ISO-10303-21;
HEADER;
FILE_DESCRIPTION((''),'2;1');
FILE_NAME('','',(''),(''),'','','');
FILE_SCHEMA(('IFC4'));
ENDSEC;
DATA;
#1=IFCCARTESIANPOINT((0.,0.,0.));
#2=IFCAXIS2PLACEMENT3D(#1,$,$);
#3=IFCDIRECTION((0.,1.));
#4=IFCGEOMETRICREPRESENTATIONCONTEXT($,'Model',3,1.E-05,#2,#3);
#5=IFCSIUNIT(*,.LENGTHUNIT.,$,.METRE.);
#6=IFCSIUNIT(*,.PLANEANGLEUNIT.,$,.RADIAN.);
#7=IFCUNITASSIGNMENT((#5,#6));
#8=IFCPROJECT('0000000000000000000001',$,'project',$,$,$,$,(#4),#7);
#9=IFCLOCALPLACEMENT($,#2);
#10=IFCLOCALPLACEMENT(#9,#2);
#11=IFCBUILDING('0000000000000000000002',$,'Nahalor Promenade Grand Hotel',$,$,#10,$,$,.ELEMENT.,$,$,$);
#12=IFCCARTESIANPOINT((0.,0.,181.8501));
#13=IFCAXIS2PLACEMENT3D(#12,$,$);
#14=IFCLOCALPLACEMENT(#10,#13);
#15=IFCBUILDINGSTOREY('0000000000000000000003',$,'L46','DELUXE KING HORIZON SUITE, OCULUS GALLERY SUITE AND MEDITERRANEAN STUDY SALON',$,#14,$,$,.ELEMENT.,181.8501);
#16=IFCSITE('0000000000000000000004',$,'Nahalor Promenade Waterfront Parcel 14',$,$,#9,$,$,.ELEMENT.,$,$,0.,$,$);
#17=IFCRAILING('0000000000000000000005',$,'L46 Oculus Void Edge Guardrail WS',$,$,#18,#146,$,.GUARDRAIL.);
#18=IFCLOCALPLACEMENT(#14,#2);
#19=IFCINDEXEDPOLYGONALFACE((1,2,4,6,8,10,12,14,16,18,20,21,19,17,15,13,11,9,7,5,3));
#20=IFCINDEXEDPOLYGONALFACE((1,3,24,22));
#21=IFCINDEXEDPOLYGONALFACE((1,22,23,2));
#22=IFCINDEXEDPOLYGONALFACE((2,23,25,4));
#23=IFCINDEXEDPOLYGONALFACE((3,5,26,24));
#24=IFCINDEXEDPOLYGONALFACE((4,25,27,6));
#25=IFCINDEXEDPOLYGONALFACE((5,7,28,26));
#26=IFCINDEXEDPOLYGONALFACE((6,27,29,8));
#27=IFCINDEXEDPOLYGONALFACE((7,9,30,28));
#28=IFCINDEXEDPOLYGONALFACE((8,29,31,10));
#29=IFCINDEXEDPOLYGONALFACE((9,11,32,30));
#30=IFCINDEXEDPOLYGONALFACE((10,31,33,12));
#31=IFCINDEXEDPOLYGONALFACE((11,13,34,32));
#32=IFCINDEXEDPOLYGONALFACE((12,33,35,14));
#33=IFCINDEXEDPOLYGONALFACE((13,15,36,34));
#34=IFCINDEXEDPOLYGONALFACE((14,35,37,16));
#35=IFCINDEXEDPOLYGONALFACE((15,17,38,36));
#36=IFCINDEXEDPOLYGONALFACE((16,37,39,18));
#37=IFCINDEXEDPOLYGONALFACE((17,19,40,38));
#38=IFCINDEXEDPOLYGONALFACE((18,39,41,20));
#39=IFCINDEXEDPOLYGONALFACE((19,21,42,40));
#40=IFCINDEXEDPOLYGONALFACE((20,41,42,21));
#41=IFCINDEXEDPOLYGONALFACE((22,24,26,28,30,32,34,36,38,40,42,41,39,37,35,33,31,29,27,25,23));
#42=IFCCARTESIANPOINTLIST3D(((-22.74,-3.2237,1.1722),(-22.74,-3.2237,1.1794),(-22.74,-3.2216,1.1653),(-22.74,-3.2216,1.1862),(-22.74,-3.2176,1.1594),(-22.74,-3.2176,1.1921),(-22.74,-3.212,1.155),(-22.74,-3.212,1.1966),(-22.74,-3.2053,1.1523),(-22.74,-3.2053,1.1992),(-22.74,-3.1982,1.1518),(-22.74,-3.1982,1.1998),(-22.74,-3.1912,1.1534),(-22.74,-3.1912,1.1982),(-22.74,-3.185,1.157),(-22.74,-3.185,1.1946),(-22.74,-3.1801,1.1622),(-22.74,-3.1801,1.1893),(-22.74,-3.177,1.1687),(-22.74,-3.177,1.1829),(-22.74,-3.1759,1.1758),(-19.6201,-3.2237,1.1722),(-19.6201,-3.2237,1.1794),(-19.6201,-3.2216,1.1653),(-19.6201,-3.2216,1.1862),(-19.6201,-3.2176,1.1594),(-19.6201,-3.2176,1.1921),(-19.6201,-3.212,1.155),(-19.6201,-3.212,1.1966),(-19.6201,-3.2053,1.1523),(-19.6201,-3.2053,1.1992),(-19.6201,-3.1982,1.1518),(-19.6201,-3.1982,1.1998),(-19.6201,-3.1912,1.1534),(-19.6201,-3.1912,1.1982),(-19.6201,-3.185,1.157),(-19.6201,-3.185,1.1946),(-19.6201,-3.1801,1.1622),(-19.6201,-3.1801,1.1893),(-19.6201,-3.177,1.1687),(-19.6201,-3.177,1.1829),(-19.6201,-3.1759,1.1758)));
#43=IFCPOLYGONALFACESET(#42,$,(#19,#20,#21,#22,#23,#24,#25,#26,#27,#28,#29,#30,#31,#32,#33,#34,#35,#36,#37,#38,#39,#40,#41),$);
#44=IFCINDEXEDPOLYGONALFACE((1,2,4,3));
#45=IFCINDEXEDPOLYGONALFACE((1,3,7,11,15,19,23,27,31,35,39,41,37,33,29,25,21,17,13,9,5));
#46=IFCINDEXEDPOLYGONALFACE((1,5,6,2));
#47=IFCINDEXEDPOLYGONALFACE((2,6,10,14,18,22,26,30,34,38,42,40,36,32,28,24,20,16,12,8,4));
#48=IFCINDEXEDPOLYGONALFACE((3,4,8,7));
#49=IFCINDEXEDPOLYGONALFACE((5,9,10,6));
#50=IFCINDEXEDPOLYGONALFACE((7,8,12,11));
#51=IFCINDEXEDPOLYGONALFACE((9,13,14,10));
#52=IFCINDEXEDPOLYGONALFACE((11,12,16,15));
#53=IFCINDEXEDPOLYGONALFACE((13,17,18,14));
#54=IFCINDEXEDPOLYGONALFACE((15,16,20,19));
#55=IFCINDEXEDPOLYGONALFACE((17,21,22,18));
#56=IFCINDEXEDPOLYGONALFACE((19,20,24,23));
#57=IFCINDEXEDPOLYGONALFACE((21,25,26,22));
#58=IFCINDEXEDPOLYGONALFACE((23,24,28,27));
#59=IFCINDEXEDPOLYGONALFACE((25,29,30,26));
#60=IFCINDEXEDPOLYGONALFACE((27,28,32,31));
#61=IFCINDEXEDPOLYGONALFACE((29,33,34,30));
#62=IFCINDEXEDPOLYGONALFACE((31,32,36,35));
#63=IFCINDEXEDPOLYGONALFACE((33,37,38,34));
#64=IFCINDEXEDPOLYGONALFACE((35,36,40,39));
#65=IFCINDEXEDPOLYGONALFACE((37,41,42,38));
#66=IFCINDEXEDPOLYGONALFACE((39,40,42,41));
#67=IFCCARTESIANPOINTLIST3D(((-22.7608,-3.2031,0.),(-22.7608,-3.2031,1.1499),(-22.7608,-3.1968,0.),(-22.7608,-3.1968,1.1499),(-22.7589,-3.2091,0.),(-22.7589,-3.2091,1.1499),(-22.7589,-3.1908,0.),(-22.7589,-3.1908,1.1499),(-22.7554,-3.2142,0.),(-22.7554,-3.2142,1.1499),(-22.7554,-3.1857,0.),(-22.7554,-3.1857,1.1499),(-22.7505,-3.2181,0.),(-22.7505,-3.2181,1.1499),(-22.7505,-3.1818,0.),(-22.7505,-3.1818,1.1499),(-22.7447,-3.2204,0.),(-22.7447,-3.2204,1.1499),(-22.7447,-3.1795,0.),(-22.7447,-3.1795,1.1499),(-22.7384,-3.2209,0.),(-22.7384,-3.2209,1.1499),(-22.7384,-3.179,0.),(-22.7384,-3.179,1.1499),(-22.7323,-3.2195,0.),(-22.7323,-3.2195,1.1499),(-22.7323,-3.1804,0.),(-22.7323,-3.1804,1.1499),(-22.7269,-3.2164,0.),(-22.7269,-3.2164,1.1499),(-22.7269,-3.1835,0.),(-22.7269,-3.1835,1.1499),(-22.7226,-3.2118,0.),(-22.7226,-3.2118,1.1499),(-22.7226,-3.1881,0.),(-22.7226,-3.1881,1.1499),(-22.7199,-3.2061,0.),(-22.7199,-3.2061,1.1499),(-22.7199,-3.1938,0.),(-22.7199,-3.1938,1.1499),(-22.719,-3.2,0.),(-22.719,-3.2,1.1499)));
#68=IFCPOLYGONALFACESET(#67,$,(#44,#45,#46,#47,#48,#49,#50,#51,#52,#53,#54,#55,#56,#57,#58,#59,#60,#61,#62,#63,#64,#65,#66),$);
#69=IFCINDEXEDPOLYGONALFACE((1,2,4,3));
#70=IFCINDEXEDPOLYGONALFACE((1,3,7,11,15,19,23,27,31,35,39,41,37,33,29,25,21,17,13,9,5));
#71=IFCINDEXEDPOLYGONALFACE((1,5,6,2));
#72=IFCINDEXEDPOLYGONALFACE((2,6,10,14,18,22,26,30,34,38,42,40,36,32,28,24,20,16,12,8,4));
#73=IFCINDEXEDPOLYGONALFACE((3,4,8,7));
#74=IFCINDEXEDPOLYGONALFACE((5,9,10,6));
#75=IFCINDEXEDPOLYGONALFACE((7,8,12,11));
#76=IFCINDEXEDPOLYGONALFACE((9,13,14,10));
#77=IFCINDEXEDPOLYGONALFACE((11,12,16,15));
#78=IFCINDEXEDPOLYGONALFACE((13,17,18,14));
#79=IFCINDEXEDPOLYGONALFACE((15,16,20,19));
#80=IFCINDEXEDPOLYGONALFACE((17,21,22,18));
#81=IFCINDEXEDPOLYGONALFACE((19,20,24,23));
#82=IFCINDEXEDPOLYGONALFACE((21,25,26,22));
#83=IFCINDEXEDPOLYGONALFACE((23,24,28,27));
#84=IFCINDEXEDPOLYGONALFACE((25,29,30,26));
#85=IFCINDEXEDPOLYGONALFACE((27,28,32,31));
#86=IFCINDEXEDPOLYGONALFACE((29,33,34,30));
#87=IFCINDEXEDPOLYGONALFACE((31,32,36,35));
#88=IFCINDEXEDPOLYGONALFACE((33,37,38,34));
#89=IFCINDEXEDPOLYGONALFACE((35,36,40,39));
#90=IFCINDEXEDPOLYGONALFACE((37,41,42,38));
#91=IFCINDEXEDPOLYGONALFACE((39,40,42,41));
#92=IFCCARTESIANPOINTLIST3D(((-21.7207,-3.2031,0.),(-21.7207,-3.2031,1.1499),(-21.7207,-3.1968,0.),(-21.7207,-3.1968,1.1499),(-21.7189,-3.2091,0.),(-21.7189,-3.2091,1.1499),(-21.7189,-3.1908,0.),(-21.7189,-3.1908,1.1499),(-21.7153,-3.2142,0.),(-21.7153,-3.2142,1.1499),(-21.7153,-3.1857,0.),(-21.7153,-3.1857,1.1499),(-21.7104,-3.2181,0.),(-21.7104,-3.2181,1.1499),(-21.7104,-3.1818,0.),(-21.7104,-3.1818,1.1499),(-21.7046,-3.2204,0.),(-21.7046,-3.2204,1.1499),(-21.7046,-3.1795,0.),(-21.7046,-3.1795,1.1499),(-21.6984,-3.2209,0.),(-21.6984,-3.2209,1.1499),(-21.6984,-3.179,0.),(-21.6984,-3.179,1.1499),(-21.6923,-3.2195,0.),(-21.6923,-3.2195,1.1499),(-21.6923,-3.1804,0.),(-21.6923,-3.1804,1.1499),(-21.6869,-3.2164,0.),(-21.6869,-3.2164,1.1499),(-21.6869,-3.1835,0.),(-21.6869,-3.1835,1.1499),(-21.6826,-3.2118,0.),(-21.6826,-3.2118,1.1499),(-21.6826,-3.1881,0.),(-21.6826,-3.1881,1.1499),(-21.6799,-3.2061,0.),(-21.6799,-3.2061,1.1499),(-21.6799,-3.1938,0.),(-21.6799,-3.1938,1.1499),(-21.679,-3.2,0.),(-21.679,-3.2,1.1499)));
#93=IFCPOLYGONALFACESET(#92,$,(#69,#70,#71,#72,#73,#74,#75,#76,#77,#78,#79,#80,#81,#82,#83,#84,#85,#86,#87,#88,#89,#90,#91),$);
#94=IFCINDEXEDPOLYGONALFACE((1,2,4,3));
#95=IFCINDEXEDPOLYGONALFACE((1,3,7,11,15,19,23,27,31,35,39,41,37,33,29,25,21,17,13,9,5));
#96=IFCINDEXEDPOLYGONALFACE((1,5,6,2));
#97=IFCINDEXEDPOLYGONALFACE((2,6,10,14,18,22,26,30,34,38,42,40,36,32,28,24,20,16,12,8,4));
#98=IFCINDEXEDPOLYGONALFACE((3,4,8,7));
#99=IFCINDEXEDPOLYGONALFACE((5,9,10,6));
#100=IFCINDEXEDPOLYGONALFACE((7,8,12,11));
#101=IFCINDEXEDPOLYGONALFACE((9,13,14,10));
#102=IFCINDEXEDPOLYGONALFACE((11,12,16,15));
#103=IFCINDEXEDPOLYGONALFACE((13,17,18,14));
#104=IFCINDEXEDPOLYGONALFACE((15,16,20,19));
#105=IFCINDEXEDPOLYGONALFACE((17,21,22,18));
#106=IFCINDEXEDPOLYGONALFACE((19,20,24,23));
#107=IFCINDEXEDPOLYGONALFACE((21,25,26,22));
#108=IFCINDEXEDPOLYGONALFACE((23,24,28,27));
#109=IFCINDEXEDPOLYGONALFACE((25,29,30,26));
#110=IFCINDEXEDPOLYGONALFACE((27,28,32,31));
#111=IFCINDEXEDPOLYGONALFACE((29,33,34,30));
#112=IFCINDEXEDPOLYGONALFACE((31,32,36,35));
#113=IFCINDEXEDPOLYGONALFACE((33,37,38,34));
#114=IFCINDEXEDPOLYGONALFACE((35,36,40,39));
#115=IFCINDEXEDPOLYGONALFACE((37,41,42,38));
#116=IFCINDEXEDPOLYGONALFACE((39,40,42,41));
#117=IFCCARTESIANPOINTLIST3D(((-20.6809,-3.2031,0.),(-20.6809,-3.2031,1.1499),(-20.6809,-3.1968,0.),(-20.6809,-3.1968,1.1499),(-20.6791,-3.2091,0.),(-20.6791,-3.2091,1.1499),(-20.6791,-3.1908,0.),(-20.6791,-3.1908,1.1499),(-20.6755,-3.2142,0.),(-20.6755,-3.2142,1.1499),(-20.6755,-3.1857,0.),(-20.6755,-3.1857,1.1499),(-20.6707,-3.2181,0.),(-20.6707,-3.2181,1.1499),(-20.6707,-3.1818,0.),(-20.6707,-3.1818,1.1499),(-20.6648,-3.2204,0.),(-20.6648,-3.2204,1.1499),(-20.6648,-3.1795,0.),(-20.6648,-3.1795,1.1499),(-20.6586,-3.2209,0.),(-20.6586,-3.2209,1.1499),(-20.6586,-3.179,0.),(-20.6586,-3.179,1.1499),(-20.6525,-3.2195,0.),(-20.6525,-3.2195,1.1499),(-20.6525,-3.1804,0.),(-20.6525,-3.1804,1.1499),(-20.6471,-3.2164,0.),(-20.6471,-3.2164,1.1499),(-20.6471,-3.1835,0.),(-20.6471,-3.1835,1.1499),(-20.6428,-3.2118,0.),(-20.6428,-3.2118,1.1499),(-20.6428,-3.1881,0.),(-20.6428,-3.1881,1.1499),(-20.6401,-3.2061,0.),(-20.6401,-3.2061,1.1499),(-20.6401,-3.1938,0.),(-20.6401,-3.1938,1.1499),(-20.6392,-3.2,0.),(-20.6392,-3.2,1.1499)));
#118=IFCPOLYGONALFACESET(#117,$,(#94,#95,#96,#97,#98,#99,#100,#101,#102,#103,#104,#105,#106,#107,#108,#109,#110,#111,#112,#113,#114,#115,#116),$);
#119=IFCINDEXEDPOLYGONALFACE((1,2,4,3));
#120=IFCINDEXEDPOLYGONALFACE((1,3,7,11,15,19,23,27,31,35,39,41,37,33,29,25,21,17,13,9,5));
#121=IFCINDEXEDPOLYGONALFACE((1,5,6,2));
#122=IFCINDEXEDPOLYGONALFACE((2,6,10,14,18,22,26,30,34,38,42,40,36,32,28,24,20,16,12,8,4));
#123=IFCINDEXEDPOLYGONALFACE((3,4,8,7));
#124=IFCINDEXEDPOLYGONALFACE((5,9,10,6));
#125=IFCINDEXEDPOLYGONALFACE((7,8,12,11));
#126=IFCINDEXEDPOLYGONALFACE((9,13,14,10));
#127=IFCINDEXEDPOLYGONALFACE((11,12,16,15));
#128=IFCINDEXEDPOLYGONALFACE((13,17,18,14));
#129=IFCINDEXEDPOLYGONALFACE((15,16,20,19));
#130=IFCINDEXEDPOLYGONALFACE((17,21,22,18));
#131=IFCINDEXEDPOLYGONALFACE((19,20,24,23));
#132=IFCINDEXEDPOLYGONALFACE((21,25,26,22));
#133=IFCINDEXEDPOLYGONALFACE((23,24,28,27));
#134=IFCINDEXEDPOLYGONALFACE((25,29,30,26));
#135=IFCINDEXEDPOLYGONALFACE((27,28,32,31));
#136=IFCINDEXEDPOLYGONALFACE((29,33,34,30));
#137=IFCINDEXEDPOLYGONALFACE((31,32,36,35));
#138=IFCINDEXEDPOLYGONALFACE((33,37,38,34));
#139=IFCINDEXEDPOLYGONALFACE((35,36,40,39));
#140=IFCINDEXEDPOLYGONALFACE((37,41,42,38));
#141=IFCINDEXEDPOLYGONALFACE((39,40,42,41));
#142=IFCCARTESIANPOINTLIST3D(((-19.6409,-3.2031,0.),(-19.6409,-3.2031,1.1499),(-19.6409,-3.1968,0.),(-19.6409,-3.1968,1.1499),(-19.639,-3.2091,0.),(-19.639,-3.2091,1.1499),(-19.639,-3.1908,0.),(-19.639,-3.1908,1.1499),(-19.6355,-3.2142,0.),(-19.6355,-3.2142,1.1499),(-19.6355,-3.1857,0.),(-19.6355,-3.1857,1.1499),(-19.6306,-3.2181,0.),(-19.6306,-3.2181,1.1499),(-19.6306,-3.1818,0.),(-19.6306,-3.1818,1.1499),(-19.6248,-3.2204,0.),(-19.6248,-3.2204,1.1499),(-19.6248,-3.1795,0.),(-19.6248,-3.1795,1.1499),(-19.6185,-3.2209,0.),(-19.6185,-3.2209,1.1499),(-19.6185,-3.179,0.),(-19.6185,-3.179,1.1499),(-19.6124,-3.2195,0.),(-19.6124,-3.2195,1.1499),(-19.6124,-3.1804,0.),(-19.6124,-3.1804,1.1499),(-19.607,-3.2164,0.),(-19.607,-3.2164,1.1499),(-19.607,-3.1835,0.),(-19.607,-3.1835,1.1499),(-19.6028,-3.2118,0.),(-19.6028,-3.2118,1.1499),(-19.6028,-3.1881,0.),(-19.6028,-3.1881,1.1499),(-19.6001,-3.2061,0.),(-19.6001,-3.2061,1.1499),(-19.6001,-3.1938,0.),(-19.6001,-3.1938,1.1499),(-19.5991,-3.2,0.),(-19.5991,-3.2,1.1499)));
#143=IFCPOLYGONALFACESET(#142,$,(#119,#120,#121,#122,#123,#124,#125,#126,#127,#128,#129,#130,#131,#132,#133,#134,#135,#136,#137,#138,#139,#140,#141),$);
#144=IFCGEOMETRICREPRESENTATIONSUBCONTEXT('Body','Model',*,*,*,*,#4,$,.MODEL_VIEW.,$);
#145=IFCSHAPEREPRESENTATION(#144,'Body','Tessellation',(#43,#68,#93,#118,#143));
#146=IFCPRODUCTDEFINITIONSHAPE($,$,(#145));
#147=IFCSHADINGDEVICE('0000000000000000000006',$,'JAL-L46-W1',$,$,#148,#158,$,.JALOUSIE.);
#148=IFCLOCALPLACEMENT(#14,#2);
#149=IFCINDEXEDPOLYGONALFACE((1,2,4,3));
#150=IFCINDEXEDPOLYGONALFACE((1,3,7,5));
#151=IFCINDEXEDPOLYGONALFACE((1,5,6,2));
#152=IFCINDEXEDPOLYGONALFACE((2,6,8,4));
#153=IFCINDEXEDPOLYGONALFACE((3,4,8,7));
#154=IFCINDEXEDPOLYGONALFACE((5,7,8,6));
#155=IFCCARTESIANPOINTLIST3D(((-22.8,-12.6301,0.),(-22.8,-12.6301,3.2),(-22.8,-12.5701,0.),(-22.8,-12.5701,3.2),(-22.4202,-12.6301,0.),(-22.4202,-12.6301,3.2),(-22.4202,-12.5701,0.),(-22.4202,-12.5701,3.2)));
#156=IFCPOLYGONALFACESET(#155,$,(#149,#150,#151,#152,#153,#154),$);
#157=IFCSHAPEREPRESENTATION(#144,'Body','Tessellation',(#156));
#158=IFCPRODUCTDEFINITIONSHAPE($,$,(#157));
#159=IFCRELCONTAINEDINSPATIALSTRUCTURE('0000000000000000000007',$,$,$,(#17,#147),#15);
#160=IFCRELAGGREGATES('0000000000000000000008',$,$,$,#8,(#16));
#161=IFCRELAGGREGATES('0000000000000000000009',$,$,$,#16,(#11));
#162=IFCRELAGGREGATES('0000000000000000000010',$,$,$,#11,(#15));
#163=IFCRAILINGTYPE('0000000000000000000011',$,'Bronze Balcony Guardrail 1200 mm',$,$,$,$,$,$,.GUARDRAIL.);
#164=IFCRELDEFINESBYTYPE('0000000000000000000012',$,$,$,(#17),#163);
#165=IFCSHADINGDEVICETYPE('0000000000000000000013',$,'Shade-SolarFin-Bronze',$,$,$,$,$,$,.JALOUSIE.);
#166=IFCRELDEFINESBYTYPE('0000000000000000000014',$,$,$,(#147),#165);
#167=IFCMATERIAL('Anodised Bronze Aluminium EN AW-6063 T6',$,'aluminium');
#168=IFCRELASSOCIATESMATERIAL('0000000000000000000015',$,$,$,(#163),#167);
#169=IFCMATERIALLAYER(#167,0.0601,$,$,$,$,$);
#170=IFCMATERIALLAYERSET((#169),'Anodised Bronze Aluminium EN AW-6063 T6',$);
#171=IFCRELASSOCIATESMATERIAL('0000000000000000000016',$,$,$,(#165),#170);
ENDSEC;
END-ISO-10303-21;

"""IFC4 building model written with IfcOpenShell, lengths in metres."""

from ifc_helpers import new_model, si_unit, direction, frame, origin, origin_2d, place, context, subcontext, project, spatial, rectangle, circle, extrude, source, transform, mapped, material, layer, layer_set, type_object, element, save


model = new_model("IFC4")

# Units and contexts
model_context = context("Model", 3, precision=1e-05, world=origin(), true_north=direction((0.0, 1.0)))
body_context = subcontext(model_context, "Body", "Model", "MODEL_VIEW")
ifc_project = project(units=[si_unit("LENGTHUNIT", "METRE"), si_unit("PLANEANGLEUNIT", "RADIAN")], contexts=[model_context])

# Site, building, storey
site_placement = place(None, origin())
site = spatial("IfcSite", under=ifc_project, at=site_placement, Name="Nahalor Promenade Waterfront Parcel 14", CompositionType="ELEMENT", RefElevation=0.0)
building_placement = place(site_placement, origin())
building = spatial("IfcBuilding", under=site, at=building_placement, Name="Nahalor Promenade Grand Hotel", CompositionType="ELEMENT")
storey_placement = place(building_placement, frame((0.0, 0.0, 181.8501)))
storey = spatial("IfcBuildingStorey", under=building, at=storey_placement, Name="L46", Description="DELUXE KING HORIZON SUITE, OCULUS GALLERY SUITE AND MEDITERRANEAN STUDY SALON", CompositionType="ELEMENT", Elevation=181.8501)

# Shared definitions
ifc_material_1 = material(Name="Anodised Bronze Aluminium EN AW-6063 T6", Category="aluminium")

# Railing
railing_type = type_object("IfcRailingType", Name="Bronze Balcony Guardrail 1200 mm", PredefinedType="GUARDRAIL", material=ifc_material_1)
railing_placement = place(storey_placement, frame((-22.74, -3.2, 0.0)))
element("IfcRailing", 1, at=railing_placement, inside=storey, type_object=railing_type, Name="L46 Oculus Void Edge Guardrail WS", PredefinedType="GUARDRAIL", context=body_context, shape_type="SweptSolid", body=[
    extrude(circle(Radius=0.024, at=origin_2d()), frame((0.0, 0.0, 1.1758), z_axis=(1.0, 0.0, 0.0), x_axis=(0.0, 1.0, 0.0)), (0.0, 0.0, 1.0), 3.1199),
    extrude(circle(Radius=0.021, at=origin_2d()), origin(), (0.0, 0.0, 1.0), 1.1499),
    extrude(circle(Radius=0.021, at=origin_2d()), frame((1.04, 0.0, 0.0)), (0.0, 0.0, 1.0), 1.1499),
    extrude(circle(Radius=0.021, at=origin_2d()), frame((2.0798, 0.0, 0.0)), (0.0, 0.0, 1.0), 1.1499),
    extrude(circle(Radius=0.021, at=origin_2d()), frame((3.1199, 0.0, 0.0)), (0.0, 0.0, 1.0), 1.1499),
])

# Shading device
ifc_layer_1 = layer(ifc_material_1, 0.0601)
ifc_layer_set_1 = layer_set([ifc_layer_1], Name="Anodised Bronze Aluminium EN AW-6063 T6")
shading_device_type = type_object("IfcShadingDeviceType", Name="Shade-SolarFin-Bronze", PredefinedType="JALOUSIE", material=ifc_layer_set_1)
shared_shape_1 = source(origin(), body_context, "Body", "SweptSolid", [
    extrude(rectangle(XDim=0.3799, YDim=0.0601, at=origin_2d()), origin(), (0.0, 0.0, 1.0), 3.2),
])
shading_device_placement = place(storey_placement, frame((-22.6101, -12.6001, 0.0), z_axis=(0.0, 0.0, 1.0), x_axis=(1.0, 0.0, 0.0)))
element("IfcShadingDevice", 2, at=shading_device_placement, inside=storey, type_object=shading_device_type, Name="JAL-L46-W1", PredefinedType="JALOUSIE", context=body_context, shape_type="MappedRepresentation", body=[
    mapped(shared_shape_1, transform((0.0, 0.0, 0.0), scale=1.0)),
])

save(model, "model.ifc")
